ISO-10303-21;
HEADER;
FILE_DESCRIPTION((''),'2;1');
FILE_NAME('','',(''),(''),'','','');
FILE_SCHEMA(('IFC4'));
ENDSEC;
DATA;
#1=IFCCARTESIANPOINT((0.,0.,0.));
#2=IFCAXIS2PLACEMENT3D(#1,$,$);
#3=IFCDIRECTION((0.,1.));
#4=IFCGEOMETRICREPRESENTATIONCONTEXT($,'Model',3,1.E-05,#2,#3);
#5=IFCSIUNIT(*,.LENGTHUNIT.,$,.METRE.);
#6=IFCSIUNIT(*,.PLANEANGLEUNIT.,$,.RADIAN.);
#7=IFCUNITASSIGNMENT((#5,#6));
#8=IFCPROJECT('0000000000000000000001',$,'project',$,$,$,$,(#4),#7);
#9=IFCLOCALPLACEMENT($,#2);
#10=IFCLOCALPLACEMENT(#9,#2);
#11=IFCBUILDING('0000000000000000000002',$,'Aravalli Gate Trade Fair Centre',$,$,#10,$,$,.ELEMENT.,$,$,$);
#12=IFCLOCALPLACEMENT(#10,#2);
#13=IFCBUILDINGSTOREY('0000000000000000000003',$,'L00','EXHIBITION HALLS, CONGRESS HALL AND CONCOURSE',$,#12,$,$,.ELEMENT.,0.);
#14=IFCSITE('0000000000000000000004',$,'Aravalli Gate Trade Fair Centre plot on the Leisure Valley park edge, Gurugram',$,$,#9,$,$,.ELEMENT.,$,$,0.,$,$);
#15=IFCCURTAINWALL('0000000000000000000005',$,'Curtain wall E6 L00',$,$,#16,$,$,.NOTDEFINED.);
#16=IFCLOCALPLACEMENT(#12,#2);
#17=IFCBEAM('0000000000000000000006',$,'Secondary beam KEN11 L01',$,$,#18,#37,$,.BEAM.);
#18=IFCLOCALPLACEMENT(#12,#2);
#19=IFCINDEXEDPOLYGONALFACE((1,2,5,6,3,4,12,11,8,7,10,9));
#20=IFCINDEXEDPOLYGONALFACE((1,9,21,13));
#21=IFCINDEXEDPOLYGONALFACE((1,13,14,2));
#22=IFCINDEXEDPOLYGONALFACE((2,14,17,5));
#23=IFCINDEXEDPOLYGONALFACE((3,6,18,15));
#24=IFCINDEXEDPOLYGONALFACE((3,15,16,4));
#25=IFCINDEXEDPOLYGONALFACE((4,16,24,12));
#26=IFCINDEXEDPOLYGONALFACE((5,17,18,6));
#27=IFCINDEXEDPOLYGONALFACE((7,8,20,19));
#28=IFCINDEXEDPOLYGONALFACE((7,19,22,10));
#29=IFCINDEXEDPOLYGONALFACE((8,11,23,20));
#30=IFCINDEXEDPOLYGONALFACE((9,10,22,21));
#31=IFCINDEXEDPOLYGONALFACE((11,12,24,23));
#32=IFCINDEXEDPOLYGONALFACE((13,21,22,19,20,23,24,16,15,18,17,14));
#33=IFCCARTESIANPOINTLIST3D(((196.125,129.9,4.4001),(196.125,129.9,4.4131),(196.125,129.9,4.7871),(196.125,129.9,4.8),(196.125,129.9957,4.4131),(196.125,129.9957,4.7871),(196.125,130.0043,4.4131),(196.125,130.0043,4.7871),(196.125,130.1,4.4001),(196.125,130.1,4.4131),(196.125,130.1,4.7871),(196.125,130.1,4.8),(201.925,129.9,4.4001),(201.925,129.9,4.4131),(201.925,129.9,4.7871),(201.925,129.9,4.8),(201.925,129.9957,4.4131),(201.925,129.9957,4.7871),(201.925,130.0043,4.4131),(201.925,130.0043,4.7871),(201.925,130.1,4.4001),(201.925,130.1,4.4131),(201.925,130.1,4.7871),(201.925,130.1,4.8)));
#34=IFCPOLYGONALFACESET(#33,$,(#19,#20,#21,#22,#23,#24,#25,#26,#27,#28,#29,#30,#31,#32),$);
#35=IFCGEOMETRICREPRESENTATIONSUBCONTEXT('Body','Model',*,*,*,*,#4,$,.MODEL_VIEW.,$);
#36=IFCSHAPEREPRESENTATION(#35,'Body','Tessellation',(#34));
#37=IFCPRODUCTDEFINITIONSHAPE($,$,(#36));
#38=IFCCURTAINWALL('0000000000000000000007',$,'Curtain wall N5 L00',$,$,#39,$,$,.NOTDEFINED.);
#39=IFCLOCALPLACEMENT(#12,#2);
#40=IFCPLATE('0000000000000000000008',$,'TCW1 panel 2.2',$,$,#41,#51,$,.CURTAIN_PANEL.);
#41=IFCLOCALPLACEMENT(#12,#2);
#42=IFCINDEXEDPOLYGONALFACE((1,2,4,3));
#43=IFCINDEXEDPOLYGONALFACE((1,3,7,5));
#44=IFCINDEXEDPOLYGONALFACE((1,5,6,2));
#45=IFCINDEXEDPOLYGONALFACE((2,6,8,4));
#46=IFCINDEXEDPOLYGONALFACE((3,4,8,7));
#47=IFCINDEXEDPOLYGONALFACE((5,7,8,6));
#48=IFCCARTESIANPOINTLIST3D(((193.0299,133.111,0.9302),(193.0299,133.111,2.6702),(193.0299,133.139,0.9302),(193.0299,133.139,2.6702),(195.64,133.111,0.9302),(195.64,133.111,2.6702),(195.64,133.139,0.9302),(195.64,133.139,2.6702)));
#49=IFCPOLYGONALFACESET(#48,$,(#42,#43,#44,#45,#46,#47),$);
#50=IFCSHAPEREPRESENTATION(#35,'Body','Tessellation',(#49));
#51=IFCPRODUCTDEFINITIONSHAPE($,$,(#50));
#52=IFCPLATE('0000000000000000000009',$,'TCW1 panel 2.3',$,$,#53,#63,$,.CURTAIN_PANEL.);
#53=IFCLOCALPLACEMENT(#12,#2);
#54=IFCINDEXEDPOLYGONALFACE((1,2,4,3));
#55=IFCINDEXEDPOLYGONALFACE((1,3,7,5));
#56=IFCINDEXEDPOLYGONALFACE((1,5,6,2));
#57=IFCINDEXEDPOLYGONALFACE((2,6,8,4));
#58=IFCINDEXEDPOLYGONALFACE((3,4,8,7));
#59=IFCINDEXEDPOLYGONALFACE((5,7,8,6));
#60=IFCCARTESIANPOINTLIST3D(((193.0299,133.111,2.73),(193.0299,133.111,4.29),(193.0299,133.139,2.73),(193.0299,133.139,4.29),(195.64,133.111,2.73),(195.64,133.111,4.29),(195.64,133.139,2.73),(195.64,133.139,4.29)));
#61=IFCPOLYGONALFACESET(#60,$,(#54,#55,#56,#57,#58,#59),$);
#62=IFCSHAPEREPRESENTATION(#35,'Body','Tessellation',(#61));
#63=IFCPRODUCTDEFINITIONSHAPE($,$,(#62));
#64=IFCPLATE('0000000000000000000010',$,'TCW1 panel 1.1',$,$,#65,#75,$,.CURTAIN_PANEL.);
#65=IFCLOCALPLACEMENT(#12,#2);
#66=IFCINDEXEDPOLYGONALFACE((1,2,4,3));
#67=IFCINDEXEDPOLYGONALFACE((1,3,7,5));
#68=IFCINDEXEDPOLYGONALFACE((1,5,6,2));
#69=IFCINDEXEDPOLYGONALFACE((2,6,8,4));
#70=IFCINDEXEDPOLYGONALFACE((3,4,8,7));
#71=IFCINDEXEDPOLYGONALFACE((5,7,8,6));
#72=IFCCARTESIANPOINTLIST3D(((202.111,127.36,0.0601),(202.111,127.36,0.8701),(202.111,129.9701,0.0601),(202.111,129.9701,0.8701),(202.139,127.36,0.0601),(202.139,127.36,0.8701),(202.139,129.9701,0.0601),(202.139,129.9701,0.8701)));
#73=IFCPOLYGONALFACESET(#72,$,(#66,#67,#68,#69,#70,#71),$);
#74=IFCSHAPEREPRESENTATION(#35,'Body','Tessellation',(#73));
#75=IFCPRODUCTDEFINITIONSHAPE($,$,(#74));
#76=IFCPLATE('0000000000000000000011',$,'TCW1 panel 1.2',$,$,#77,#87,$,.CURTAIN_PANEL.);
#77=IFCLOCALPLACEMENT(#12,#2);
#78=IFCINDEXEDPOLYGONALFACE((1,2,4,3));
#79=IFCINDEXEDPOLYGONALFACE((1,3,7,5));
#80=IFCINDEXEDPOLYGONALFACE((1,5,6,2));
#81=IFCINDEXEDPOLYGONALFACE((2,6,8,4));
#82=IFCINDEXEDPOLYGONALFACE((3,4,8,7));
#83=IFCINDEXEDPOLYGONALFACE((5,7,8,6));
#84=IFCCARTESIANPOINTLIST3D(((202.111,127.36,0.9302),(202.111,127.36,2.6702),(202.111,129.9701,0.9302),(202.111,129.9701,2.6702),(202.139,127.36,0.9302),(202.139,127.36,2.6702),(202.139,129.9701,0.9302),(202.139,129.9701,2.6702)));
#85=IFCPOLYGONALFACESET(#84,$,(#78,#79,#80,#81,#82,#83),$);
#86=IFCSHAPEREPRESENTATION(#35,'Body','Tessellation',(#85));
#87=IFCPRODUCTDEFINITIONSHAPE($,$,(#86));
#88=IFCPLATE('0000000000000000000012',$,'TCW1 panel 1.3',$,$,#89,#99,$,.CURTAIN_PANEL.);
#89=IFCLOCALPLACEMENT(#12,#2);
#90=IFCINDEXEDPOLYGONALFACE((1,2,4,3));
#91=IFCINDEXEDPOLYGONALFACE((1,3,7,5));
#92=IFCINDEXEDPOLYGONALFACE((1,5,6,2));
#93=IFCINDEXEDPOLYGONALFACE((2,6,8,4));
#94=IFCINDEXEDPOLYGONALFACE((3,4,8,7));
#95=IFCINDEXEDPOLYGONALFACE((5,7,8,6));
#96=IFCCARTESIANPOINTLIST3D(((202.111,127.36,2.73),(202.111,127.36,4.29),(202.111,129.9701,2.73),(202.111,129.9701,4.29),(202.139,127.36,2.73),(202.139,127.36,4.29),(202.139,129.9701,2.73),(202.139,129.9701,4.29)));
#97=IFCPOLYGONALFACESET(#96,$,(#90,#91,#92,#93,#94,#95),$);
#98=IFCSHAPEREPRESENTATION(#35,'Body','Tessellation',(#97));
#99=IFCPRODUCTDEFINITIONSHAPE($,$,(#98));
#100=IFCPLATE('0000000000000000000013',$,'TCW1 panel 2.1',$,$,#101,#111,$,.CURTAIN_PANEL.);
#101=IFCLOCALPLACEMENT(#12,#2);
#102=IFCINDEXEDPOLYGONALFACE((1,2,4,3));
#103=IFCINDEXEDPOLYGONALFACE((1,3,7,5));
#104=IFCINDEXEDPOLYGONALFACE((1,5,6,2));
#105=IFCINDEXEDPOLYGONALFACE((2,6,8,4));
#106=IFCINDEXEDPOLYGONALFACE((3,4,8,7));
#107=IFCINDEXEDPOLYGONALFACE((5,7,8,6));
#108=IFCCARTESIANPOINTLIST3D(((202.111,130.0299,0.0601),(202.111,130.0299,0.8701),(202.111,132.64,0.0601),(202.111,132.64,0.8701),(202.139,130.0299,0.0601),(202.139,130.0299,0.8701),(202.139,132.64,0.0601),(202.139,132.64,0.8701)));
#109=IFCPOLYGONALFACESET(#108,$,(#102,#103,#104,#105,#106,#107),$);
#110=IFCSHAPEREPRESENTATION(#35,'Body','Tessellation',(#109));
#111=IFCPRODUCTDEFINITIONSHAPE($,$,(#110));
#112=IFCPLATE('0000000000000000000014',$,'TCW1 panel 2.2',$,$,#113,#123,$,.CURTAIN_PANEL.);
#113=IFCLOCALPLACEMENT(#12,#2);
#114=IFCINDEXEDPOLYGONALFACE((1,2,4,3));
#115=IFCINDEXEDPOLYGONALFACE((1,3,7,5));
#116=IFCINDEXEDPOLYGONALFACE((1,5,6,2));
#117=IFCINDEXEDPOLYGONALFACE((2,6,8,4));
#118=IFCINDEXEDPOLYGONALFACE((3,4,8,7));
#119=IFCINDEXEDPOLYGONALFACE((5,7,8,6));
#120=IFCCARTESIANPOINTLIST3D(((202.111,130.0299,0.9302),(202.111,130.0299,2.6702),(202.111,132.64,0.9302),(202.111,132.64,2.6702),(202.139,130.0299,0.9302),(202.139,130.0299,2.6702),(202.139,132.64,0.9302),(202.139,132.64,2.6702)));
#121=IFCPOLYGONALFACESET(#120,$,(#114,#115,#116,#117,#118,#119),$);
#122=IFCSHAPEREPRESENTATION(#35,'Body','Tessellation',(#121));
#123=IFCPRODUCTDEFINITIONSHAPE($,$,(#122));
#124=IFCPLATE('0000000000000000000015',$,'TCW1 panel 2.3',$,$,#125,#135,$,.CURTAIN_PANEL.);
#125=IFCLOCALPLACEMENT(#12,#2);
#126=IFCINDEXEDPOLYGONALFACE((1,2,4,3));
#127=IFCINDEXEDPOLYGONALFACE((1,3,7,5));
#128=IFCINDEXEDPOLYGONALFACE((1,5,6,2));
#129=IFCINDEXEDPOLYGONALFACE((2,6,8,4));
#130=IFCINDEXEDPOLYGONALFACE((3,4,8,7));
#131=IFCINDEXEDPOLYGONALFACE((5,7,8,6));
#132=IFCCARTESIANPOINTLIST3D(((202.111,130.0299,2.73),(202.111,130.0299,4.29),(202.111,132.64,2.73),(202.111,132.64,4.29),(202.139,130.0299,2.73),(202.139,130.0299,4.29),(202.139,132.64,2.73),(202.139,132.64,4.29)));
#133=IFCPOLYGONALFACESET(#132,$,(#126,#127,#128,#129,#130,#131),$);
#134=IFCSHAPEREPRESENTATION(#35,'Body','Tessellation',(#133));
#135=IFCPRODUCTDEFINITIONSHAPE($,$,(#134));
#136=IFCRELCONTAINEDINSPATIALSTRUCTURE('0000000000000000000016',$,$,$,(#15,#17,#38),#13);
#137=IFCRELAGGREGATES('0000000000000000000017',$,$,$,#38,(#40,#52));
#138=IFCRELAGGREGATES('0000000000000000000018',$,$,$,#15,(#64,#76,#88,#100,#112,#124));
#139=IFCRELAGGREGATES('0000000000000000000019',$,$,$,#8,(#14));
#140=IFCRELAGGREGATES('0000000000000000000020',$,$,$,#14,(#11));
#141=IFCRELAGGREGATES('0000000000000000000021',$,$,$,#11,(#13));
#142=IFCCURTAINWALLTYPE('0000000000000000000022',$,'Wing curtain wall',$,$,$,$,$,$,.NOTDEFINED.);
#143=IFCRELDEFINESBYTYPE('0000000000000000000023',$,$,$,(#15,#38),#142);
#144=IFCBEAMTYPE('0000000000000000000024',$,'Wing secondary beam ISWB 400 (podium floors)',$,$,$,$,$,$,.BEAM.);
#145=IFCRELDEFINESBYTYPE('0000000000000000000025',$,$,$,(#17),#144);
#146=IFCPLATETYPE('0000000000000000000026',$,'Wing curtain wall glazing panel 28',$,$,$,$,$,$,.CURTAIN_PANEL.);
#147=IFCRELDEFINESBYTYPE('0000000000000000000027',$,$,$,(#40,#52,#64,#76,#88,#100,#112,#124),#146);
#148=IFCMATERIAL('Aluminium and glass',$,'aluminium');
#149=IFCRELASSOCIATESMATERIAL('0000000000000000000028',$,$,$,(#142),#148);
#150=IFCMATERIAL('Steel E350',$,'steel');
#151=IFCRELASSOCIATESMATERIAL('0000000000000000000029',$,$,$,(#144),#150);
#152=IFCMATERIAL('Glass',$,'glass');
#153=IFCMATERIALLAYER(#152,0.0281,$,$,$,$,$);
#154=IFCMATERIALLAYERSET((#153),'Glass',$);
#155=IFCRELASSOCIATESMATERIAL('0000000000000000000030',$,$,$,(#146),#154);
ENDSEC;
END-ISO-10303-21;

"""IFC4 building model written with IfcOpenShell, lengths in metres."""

from ifc_helpers import new_model, si_unit, direction, frame, origin, origin_2d, place, context, subcontext, project, spatial, rectangle, i_section, extrude, material, layer, layer_set, material_profile, profile_set, type_object, element, aggregate, save


model = new_model("IFC4")

# Units and contexts
model_context = context("Model", 3, precision=1e-05, world=origin(), true_north=direction((0.0, 1.0)))
body_context = subcontext(model_context, "Body", "Model", "MODEL_VIEW")
ifc_project = project(units=[si_unit("LENGTHUNIT", "METRE"), si_unit("PLANEANGLEUNIT", "RADIAN")], contexts=[model_context])

# Site, building, storey
site_placement = place(None, origin())
site = spatial("IfcSite", under=ifc_project, at=site_placement, Name="Aravalli Gate Trade Fair Centre plot on the Leisure Valley park edge, Gurugram", CompositionType="ELEMENT", RefElevation=0.0)
building_placement = place(site_placement, origin())
building = spatial("IfcBuilding", under=site, at=building_placement, Name="Aravalli Gate Trade Fair Centre", CompositionType="ELEMENT")
storey_placement = place(building_placement, origin())
storey = spatial("IfcBuildingStorey", under=building, at=storey_placement, Name="L00", Description="EXHIBITION HALLS, CONGRESS HALL AND CONCOURSE", CompositionType="ELEMENT", Elevation=0.0)

# Shared definitions
ifc_material_1 = material(Name="Steel E350", Category="steel")

# Curtain wall
ifc_material_2 = material(Name="Aluminium and glass", Category="aluminium")
curtain_wall_type = type_object("IfcCurtainWallType", Name="Wing curtain wall", PredefinedType="NOTDEFINED", material=ifc_material_2)
curtain_wall_1_placement = place(storey_placement, origin())
curtain_wall_1 = element("IfcCurtainWall", 1, at=curtain_wall_1_placement, inside=storey, type_object=curtain_wall_type, Name="Curtain wall E6 L00", PredefinedType="NOTDEFINED")

# Beam
ifc_material_profile_1 = material_profile(ifc_material_1, i_section(OverallWidth=0.2, OverallDepth=0.3999, WebThickness=0.0085, FlangeThickness=0.0129, at=origin_2d()), Name="ISWB 400")
ifc_profile_set_1 = profile_set([ifc_material_profile_1], Name="Steel E350")
beam_type_1 = type_object("IfcBeamType", Name="Wing secondary beam ISWB 400 (podium floors)", PredefinedType="BEAM", material=ifc_profile_set_1)
beam_1_placement = place(storey_placement, frame((196.125, 130.0, 4.6001), z_axis=(1.0, 0.0, 0.0), x_axis=(0.0, 1.0, 0.0)))
element("IfcBeam", 2, at=beam_1_placement, inside=storey, type_object=beam_type_1, Name="Secondary beam KEN11 L01", PredefinedType="BEAM", context=body_context, shape_type="SweptSolid", body=[
    extrude(i_section(OverallWidth=0.2, OverallDepth=0.3999, WebThickness=0.0085, FlangeThickness=0.0129, at=origin_2d()), origin(), (0.0, 0.0, 1.0), 5.8),
])

# Curtain wall, plates
curtain_wall_2_placement = place(storey_placement, origin())
curtain_wall_2 = element("IfcCurtainWall", 3, at=curtain_wall_2_placement, inside=storey, type_object=curtain_wall_type, Name="Curtain wall N5 L00", PredefinedType="NOTDEFINED")
ifc_material_3 = material(Name="Glass", Category="glass")
ifc_layer = layer(ifc_material_3, 0.0281)
ifc_layer_set = layer_set([ifc_layer], Name="Glass")
plate_type = type_object("IfcPlateType", Name="Wing curtain wall glazing panel 28", PredefinedType="CURTAIN_PANEL", material=ifc_layer_set)
plate_1_placement = place(storey_placement, frame((194.335, 133.125, 0.9302), z_axis=(0.0, 0.0, 1.0), x_axis=(1.0, 0.0, 0.0)))
plate_1 = element("IfcPlate", 4, at=plate_1_placement, type_object=plate_type, Name="TCW1 panel 2.2", PredefinedType="CURTAIN_PANEL", context=body_context, shape_type="SweptSolid", body=[
    extrude(rectangle(XDim=2.6101, YDim=0.0281, at=origin_2d()), origin(), (0.0, 0.0, 1.0), 1.74),
])
plate_2_placement = place(storey_placement, frame((194.335, 133.125, 2.73), z_axis=(0.0, 0.0, 1.0), x_axis=(1.0, 0.0, 0.0)))
plate_2 = element("IfcPlate", 5, at=plate_2_placement, type_object=plate_type, Name="TCW1 panel 2.3", PredefinedType="CURTAIN_PANEL", context=body_context, shape_type="SweptSolid", body=[
    extrude(rectangle(XDim=2.6101, YDim=0.0281, at=origin_2d()), origin(), (0.0, 0.0, 1.0), 1.5601),
])
aggregate(curtain_wall_2, [plate_1, plate_2])

# Plates
plate_3_placement = place(storey_placement, frame((202.125, 128.665, 0.0601), z_axis=(0.0, 0.0, 1.0), x_axis=(0.0, 1.0, 0.0)))
plate_3 = element("IfcPlate", 6, at=plate_3_placement, type_object=plate_type, Name="TCW1 panel 1.1", PredefinedType="CURTAIN_PANEL", context=body_context, shape_type="SweptSolid", body=[
    extrude(rectangle(XDim=2.6101, YDim=0.0281, at=origin_2d()), origin(), (0.0, 0.0, 1.0), 0.8101),
])
plate_4_placement = place(storey_placement, frame((202.125, 128.665, 0.9302), z_axis=(0.0, 0.0, 1.0), x_axis=(0.0, 1.0, 0.0)))
plate_4 = element("IfcPlate", 7, at=plate_4_placement, type_object=plate_type, Name="TCW1 panel 1.2", PredefinedType="CURTAIN_PANEL", context=body_context, shape_type="SweptSolid", body=[
    extrude(rectangle(XDim=2.6101, YDim=0.0281, at=origin_2d()), origin(), (0.0, 0.0, 1.0), 1.74),
])
plate_5_placement = place(storey_placement, frame((202.125, 128.665, 2.73), z_axis=(0.0, 0.0, 1.0), x_axis=(0.0, 1.0, 0.0)))
plate_5 = element("IfcPlate", 8, at=plate_5_placement, type_object=plate_type, Name="TCW1 panel 1.3", PredefinedType="CURTAIN_PANEL", context=body_context, shape_type="SweptSolid", body=[
    extrude(rectangle(XDim=2.6101, YDim=0.0281, at=origin_2d()), origin(), (0.0, 0.0, 1.0), 1.5601),
])
plate_6_placement = place(storey_placement, frame((202.125, 131.335, 0.0601), z_axis=(0.0, 0.0, 1.0), x_axis=(0.0, 1.0, 0.0)))
plate_6 = element("IfcPlate", 9, at=plate_6_placement, type_object=plate_type, Name="TCW1 panel 2.1", PredefinedType="CURTAIN_PANEL", context=body_context, shape_type="SweptSolid", body=[
    extrude(rectangle(XDim=2.6101, YDim=0.0281, at=origin_2d()), origin(), (0.0, 0.0, 1.0), 0.8101),
])
plate_7_placement = place(storey_placement, frame((202.125, 131.335, 0.9302), z_axis=(0.0, 0.0, 1.0), x_axis=(0.0, 1.0, 0.0)))
plate_7 = element("IfcPlate", 10, at=plate_7_placement, type_object=plate_type, Name="TCW1 panel 2.2", PredefinedType="CURTAIN_PANEL", context=body_context, shape_type="SweptSolid", body=[
    extrude(rectangle(XDim=2.6101, YDim=0.0281, at=origin_2d()), origin(), (0.0, 0.0, 1.0), 1.74),
])
plate_8_placement = place(storey_placement, frame((202.125, 131.335, 2.73), z_axis=(0.0, 0.0, 1.0), x_axis=(0.0, 1.0, 0.0)))
plate_8 = element("IfcPlate", 11, at=plate_8_placement, type_object=plate_type, Name="TCW1 panel 2.3", PredefinedType="CURTAIN_PANEL", context=body_context, shape_type="SweptSolid", body=[
    extrude(rectangle(XDim=2.6101, YDim=0.0281, at=origin_2d()), origin(), (0.0, 0.0, 1.0), 1.5601),
])
aggregate(curtain_wall_1, [plate_3, plate_4, plate_5, plate_6, plate_7, plate_8])

save(model, "model.ifc")
